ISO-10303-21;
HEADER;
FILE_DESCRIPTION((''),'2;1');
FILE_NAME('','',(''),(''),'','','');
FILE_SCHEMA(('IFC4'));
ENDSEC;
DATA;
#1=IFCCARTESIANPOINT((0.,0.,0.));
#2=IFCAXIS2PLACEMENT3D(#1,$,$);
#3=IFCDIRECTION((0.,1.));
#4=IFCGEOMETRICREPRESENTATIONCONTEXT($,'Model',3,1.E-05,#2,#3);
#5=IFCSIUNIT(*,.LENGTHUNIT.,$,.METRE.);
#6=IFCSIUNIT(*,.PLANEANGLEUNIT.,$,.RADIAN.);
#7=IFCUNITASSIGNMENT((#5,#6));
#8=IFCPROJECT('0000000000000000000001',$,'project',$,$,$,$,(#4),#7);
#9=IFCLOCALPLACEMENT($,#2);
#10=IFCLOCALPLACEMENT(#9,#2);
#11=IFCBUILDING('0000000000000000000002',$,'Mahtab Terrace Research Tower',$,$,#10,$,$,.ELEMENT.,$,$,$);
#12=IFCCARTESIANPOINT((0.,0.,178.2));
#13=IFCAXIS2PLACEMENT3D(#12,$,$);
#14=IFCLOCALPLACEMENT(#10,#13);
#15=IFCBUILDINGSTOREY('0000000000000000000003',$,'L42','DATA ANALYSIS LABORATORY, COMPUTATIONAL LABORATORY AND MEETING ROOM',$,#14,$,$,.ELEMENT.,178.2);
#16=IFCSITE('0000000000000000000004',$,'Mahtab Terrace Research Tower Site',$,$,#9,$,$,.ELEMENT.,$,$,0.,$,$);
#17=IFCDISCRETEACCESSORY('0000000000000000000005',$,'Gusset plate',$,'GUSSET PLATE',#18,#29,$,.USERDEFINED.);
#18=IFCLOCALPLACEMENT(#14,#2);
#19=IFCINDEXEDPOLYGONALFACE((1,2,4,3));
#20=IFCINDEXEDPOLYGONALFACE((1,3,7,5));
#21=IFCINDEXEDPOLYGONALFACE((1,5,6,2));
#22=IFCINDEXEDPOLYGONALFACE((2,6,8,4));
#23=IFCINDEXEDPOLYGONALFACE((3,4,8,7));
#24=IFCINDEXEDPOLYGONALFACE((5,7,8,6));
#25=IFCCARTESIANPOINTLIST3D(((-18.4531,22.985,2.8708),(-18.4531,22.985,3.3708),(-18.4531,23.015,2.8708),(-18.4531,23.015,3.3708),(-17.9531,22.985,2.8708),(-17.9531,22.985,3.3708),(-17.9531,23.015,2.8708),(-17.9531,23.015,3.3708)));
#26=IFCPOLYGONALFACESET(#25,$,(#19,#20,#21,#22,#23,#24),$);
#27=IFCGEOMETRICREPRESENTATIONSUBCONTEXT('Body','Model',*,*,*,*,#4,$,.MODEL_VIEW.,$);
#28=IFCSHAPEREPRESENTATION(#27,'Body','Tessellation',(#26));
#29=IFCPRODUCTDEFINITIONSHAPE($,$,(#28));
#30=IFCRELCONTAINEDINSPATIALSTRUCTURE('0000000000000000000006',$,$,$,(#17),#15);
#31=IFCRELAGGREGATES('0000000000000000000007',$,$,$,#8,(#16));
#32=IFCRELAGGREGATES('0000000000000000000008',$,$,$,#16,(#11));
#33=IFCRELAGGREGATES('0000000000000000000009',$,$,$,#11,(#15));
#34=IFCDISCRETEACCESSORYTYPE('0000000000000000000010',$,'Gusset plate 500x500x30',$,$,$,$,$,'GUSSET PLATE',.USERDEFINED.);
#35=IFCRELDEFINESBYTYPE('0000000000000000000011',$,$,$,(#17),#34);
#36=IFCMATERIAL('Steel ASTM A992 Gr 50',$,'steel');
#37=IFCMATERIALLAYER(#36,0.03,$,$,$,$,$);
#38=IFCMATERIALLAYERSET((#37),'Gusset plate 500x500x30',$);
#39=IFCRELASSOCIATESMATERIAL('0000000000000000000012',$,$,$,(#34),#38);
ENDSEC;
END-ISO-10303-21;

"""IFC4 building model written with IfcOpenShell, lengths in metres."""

from ifc_helpers import new_model, si_unit, direction, frame, origin, origin_2d, place, context, subcontext, project, spatial, rectangle, extrude, material, layer, layer_set, type_object, element, save


model = new_model("IFC4")

# Units and contexts
model_context = context("Model", 3, precision=1e-05, world=origin(), true_north=direction((0.0, 1.0)))
body_context = subcontext(model_context, "Body", "Model", "MODEL_VIEW")
ifc_project = project(units=[si_unit("LENGTHUNIT", "METRE"), si_unit("PLANEANGLEUNIT", "RADIAN")], contexts=[model_context])

# Site, building, storey
site_placement = place(None, origin())
site = spatial("IfcSite", under=ifc_project, at=site_placement, Name="Mahtab Terrace Research Tower Site", CompositionType="ELEMENT", RefElevation=0.0)
building_placement = place(site_placement, origin())
building = spatial("IfcBuilding", under=site, at=building_placement, Name="Mahtab Terrace Research Tower", CompositionType="ELEMENT")
storey_placement = place(building_placement, frame((0.0, 0.0, 178.2)))
storey = spatial("IfcBuildingStorey", under=building, at=storey_placement, Name="L42", Description="DATA ANALYSIS LABORATORY, COMPUTATIONAL LABORATORY AND MEETING ROOM", CompositionType="ELEMENT", Elevation=178.2)

# Shared definitions
ifc_material_1 = material(Name="Steel ASTM A992 Gr 50", Category="steel")

# Discrete accessory
ifc_layer_1 = layer(ifc_material_1, 0.03)
ifc_layer_set_1 = layer_set([ifc_layer_1], Name="Gusset plate 500x500x30")
discrete_accessory_type = type_object("IfcDiscreteAccessoryType", Name="Gusset plate 500x500x30", ElementType="GUSSET PLATE", PredefinedType="USERDEFINED", material=ifc_layer_set_1)
for number, where, z_axis, x_axis, name in (
    (1, (-18.2031, 23.0, 2.8708), (0.0, 0.0, 1.0), (1.0, 0.0, 0.0), "Gusset plate"),
):
    element("IfcDiscreteAccessory", number, at=place(storey_placement, frame(where, z_axis=z_axis, x_axis=x_axis)), inside=storey, type_object=discrete_accessory_type, Name=name, ObjectType="GUSSET PLATE", PredefinedType="USERDEFINED", context=body_context, shape_type="SweptSolid", body=[
        extrude(rectangle(XDim=0.5, YDim=0.03, at=origin_2d()), origin(), (0.0, 0.0, 1.0), 0.5),
    ])

save(model, "model.ifc")
